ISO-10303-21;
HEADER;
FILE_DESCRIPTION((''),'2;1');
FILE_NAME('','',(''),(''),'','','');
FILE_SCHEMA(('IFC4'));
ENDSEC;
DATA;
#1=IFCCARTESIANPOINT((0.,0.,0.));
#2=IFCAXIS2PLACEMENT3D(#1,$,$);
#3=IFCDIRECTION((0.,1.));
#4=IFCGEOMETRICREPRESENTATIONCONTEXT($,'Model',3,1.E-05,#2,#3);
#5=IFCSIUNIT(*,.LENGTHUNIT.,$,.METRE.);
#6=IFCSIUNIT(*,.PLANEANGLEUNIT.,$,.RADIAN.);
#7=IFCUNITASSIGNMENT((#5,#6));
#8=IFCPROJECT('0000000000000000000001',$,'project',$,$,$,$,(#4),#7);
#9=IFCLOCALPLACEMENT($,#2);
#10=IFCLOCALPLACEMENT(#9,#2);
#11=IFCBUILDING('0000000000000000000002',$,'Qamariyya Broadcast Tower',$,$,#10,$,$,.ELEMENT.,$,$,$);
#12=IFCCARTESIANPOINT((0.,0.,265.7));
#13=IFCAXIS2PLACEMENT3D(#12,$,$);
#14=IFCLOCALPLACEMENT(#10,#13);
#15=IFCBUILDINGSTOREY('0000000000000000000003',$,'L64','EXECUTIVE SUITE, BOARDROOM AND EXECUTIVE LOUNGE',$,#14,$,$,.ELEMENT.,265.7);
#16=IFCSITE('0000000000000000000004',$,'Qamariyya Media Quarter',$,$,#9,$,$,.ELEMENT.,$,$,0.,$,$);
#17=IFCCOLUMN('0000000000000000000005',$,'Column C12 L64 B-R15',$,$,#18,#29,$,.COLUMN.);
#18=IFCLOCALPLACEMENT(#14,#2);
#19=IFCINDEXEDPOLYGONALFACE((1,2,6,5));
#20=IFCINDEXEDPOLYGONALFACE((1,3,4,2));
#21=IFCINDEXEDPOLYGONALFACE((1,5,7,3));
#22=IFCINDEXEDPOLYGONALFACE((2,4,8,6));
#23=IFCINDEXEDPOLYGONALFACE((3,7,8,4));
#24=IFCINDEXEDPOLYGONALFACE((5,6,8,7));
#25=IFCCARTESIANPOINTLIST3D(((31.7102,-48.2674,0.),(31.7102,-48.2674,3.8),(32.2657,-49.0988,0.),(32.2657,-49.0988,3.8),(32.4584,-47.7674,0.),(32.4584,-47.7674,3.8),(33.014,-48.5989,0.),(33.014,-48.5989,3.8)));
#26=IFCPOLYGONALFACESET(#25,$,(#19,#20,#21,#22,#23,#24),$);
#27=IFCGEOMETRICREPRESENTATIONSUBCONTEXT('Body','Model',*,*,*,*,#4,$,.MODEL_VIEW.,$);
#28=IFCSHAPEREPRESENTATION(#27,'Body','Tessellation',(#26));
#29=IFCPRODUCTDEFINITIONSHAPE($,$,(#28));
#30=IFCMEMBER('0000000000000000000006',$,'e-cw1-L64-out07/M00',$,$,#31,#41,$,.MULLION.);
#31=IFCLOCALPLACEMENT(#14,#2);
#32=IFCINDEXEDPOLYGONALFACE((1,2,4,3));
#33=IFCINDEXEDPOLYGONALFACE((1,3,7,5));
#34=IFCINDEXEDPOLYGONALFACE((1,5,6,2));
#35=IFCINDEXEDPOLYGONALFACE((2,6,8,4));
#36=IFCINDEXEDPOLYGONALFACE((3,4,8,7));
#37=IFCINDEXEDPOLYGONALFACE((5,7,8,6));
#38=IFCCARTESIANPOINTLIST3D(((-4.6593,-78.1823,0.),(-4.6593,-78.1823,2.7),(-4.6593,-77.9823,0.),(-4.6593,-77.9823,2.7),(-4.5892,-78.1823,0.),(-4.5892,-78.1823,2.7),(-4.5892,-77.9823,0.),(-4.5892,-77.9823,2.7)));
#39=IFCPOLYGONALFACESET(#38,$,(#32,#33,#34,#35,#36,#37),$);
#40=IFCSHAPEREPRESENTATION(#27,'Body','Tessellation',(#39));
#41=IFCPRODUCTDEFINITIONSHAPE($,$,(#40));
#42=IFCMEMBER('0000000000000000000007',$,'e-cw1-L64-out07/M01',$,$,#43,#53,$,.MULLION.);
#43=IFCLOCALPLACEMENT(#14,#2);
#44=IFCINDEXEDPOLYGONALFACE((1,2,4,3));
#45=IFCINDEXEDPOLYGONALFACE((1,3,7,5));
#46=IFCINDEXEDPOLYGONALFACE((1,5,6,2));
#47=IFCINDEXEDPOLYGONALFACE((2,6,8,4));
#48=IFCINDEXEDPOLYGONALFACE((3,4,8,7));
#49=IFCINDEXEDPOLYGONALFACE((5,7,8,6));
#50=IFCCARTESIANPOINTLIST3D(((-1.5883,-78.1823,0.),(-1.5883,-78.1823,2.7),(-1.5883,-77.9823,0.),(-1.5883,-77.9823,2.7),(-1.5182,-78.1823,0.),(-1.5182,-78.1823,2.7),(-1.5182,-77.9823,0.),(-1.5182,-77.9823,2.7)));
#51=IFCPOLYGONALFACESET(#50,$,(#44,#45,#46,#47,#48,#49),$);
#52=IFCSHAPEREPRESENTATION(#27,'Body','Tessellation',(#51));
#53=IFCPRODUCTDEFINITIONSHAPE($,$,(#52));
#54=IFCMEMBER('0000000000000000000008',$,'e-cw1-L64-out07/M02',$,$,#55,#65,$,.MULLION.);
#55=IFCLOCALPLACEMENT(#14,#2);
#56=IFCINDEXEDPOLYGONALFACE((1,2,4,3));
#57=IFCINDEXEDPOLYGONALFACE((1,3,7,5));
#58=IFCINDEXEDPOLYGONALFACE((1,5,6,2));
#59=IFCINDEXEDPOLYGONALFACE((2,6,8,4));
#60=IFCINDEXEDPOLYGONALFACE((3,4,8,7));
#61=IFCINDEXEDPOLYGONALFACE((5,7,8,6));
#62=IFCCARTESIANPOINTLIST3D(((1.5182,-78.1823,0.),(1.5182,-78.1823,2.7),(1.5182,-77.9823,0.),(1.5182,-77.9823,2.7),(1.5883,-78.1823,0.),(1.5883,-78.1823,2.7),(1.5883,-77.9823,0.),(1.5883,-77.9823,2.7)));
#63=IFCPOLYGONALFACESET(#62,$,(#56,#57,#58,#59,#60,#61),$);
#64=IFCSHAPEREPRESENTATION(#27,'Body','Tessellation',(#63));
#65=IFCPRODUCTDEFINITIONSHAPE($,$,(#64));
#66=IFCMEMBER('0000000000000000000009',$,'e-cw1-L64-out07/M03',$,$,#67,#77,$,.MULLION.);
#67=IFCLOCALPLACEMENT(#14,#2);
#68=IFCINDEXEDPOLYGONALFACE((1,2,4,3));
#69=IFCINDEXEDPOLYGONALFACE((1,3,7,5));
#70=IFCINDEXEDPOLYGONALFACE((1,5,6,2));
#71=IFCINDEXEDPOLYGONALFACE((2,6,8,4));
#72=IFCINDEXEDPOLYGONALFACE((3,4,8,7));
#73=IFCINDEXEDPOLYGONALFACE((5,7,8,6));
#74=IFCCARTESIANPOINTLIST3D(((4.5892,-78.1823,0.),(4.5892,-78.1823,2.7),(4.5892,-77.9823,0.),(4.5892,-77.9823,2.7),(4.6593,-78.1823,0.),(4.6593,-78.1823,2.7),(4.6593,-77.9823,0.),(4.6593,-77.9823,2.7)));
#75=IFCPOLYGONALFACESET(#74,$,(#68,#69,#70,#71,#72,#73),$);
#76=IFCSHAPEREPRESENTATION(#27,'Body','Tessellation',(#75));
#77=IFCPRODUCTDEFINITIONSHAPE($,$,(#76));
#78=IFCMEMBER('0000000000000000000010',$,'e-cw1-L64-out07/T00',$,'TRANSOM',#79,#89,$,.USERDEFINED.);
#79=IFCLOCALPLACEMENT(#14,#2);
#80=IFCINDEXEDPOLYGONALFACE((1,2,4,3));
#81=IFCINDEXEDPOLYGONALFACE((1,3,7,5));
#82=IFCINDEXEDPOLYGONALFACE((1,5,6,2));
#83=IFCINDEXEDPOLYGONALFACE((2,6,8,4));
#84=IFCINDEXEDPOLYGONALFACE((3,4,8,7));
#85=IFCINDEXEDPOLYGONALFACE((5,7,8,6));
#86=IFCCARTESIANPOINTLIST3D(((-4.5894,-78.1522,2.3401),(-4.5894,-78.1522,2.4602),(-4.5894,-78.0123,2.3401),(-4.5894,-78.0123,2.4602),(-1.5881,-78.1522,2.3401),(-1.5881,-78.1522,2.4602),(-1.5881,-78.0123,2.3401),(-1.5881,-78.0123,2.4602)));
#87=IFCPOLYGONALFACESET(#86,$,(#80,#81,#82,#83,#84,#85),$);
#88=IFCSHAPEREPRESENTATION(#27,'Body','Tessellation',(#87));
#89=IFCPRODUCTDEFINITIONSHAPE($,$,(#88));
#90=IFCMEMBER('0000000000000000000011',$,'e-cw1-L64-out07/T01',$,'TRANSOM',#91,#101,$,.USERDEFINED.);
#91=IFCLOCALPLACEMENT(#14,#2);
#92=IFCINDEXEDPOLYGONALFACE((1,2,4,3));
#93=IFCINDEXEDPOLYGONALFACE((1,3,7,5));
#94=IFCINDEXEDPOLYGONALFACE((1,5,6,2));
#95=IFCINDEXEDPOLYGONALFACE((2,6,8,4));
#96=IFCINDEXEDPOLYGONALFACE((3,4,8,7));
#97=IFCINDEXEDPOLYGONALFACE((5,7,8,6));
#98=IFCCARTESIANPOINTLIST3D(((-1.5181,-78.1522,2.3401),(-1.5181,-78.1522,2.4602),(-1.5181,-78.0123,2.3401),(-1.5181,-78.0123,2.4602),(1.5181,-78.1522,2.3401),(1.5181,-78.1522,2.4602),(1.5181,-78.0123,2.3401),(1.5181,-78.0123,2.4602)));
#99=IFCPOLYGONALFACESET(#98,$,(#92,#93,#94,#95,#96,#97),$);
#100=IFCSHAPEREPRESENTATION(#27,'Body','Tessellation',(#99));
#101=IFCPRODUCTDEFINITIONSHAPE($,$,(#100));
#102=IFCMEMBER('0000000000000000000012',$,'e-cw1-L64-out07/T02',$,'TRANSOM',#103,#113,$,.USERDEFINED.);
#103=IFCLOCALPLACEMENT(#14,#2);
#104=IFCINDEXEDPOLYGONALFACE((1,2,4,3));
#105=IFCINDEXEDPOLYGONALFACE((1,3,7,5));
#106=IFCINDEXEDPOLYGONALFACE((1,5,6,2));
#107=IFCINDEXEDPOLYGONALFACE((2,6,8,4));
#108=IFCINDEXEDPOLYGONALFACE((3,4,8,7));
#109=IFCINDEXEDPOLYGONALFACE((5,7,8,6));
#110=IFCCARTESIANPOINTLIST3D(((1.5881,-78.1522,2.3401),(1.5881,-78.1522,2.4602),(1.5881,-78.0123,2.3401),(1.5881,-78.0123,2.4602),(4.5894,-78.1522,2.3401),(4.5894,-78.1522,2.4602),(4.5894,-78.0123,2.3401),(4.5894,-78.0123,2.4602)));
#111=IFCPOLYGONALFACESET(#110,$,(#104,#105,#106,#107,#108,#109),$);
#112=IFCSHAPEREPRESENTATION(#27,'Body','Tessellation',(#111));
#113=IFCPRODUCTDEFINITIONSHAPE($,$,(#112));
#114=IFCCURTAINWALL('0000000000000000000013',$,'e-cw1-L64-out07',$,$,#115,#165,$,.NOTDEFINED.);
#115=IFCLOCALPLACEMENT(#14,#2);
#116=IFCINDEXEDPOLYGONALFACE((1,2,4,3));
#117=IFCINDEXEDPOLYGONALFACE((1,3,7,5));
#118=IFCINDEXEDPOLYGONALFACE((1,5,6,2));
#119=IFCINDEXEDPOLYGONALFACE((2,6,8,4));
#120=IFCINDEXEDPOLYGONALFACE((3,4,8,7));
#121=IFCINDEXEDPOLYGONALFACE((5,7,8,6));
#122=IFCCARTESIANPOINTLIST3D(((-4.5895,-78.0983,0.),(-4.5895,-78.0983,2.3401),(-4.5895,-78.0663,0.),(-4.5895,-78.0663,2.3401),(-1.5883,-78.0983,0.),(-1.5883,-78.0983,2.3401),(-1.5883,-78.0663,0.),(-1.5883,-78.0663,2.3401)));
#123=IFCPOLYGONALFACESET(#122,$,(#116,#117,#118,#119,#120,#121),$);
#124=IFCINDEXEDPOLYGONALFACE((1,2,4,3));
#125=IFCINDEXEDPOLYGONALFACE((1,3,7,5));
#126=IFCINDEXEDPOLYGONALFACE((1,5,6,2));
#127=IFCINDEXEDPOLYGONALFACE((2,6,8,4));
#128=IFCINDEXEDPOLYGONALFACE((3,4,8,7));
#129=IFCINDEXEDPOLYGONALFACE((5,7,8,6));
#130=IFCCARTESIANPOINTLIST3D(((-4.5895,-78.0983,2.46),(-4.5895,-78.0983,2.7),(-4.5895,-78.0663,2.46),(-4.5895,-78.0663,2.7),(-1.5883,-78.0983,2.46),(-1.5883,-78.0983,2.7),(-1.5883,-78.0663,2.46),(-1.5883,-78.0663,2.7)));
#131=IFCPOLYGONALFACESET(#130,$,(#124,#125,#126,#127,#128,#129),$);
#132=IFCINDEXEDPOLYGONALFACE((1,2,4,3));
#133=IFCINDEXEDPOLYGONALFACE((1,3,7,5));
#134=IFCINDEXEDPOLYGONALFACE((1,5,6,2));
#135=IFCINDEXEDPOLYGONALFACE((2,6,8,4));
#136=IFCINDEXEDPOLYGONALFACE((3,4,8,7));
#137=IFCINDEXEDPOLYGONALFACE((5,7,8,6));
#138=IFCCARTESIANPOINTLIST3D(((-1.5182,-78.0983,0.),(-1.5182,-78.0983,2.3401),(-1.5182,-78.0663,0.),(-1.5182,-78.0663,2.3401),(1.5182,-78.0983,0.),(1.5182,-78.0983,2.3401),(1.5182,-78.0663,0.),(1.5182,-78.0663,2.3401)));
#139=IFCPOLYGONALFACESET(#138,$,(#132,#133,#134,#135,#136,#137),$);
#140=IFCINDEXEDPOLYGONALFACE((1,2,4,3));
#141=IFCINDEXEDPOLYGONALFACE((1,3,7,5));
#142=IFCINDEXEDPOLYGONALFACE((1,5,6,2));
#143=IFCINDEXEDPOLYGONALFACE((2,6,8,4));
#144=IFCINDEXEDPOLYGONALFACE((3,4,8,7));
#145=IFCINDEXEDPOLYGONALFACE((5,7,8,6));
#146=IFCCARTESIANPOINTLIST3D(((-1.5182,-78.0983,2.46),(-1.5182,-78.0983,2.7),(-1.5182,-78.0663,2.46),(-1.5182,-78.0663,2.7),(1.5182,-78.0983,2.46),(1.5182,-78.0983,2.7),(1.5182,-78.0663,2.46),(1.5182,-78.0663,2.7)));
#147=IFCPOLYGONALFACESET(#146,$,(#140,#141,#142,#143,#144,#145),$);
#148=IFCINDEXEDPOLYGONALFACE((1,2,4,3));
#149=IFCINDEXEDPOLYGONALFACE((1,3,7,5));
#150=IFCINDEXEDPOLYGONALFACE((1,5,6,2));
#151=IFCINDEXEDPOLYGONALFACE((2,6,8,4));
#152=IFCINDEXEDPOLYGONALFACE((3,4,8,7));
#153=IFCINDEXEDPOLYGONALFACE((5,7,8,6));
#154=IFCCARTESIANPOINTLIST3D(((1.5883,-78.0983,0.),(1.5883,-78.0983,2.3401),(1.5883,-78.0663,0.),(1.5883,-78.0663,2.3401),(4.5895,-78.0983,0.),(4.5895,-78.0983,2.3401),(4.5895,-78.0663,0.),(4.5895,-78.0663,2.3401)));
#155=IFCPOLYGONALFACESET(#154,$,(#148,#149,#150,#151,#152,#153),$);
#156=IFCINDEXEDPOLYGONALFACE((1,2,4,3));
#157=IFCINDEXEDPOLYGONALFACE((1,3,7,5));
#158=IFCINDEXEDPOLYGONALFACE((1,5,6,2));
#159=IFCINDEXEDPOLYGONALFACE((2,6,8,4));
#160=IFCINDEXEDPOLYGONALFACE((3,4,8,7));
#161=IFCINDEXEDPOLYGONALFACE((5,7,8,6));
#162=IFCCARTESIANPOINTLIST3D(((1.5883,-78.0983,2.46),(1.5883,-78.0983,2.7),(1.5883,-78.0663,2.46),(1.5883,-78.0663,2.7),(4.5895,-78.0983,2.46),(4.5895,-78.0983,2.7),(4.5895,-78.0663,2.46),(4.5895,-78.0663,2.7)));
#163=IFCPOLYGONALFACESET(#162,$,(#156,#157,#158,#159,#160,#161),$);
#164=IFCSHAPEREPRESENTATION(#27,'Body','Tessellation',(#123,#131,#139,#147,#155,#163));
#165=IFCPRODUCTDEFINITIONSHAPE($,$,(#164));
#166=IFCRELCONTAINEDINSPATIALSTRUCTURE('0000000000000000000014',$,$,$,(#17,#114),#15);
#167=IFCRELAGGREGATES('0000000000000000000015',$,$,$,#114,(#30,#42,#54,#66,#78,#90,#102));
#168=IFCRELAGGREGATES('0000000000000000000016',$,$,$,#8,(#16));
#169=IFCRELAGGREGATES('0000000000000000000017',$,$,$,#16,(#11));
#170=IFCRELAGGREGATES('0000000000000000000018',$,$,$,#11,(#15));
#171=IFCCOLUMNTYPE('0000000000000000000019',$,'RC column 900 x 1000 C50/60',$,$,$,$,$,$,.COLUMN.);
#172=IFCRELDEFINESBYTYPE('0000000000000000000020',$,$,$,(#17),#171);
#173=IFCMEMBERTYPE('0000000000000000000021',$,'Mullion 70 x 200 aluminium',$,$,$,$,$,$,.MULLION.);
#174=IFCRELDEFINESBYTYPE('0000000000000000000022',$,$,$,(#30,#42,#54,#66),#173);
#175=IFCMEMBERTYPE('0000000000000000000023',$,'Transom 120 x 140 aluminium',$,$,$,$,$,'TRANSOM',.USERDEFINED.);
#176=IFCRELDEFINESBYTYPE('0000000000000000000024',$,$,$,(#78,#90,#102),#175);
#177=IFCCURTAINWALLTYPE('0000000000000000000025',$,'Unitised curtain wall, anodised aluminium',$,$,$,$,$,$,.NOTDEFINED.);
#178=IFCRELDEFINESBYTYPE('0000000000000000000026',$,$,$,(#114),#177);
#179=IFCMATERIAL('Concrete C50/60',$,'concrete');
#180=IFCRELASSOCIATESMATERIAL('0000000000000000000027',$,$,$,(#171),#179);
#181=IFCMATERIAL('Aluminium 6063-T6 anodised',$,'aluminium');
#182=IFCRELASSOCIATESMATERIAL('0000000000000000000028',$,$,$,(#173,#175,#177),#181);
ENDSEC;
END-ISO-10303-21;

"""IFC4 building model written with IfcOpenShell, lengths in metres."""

from ifc_helpers import new_model, si_unit, direction, frame, origin, origin_2d, place, context, subcontext, project, spatial, rectangle, extrude, material, material_profile, profile_set, type_object, element, aggregate, save


model = new_model("IFC4")

# Units and contexts
model_context = context("Model", 3, precision=1e-05, world=origin(), true_north=direction((0.0, 1.0)))
body_context = subcontext(model_context, "Body", "Model", "MODEL_VIEW")
ifc_project = project(units=[si_unit("LENGTHUNIT", "METRE"), si_unit("PLANEANGLEUNIT", "RADIAN")], contexts=[model_context])

# Site, building, storey
site_placement = place(None, origin())
site = spatial("IfcSite", under=ifc_project, at=site_placement, Name="Qamariyya Media Quarter", CompositionType="ELEMENT", RefElevation=0.0)
building_placement = place(site_placement, origin())
building = spatial("IfcBuilding", under=site, at=building_placement, Name="Qamariyya Broadcast Tower", CompositionType="ELEMENT")
storey_placement = place(building_placement, frame((0.0, 0.0, 265.7)))
storey = spatial("IfcBuildingStorey", under=building, at=storey_placement, Name="L64", Description="EXECUTIVE SUITE, BOARDROOM AND EXECUTIVE LOUNGE", CompositionType="ELEMENT", Elevation=265.7)

# Column
ifc_material_1 = material(Name="Concrete C50/60", Category="concrete")
ifc_material_profile_1 = material_profile(ifc_material_1, rectangle(XDim=0.8999, YDim=1.0, at=origin_2d()))
ifc_profile_set_1 = profile_set([ifc_material_profile_1], Name="Concrete C50/60")
column_type = type_object("IfcColumnType", Name="RC column 900 x 1000 C50/60", PredefinedType="COLUMN", material=ifc_profile_set_1)
column_placement = place(storey_placement, frame((32.3621, -48.4331, 0.0), z_axis=(0.0, 0.0, 1.0), x_axis=(0.83147, 0.55557, 0.0)))
element("IfcColumn", 1, at=column_placement, inside=storey, type_object=column_type, Name="Column C12 L64 B-R15", PredefinedType="COLUMN", context=body_context, shape_type="SweptSolid", body=[
    extrude(rectangle(XDim=0.8999, YDim=1.0, at=origin_2d()), origin(), (0.0, 0.0, 1.0), 3.8),
])

# Members
ifc_material_2 = material(Name="Aluminium 6063-T6 anodised", Category="aluminium")
ifc_material_profile_2 = material_profile(ifc_material_2, rectangle(XDim=0.2, YDim=0.0701, at=origin_2d()))
ifc_profile_set_2 = profile_set([ifc_material_profile_2], Name="Aluminium 6063-T6 anodised")
member_type_1 = type_object("IfcMemberType", Name="Mullion 70 x 200 aluminium", PredefinedType="MULLION", material=ifc_profile_set_2)
member_1_placement = place(storey_placement, frame((-4.6243, -78.0823, 0.0), z_axis=(0.0, 0.0, 1.0), x_axis=(0.0, 1.0, 0.0)))
member_1 = element("IfcMember", 2, at=member_1_placement, type_object=member_type_1, Name="e-cw1-L64-out07/M00", PredefinedType="MULLION", context=body_context, shape_type="SweptSolid", body=[
    extrude(rectangle(XDim=0.2, YDim=0.0701, at=origin_2d()), origin(), (0.0, 0.0, 1.0), 2.7),
])
member_2_placement = place(storey_placement, frame((-1.5532, -78.0823, 0.0), z_axis=(0.0, 0.0, 1.0), x_axis=(0.0, 1.0, 0.0)))
member_2 = element("IfcMember", 3, at=member_2_placement, type_object=member_type_1, Name="e-cw1-L64-out07/M01", PredefinedType="MULLION", context=body_context, shape_type="SweptSolid", body=[
    extrude(rectangle(XDim=0.2, YDim=0.0701, at=origin_2d()), origin(), (0.0, 0.0, 1.0), 2.7),
])
member_3_placement = place(storey_placement, frame((1.5532, -78.0823, 0.0), z_axis=(0.0, 0.0, 1.0), x_axis=(0.0, 1.0, 0.0)))
member_3 = element("IfcMember", 4, at=member_3_placement, type_object=member_type_1, Name="e-cw1-L64-out07/M02", PredefinedType="MULLION", context=body_context, shape_type="SweptSolid", body=[
    extrude(rectangle(XDim=0.2, YDim=0.0701, at=origin_2d()), origin(), (0.0, 0.0, 1.0), 2.7),
])
member_4_placement = place(storey_placement, frame((4.6243, -78.0823, 0.0), z_axis=(0.0, 0.0, 1.0), x_axis=(0.0, 1.0, 0.0)))
member_4 = element("IfcMember", 5, at=member_4_placement, type_object=member_type_1, Name="e-cw1-L64-out07/M03", PredefinedType="MULLION", context=body_context, shape_type="SweptSolid", body=[
    extrude(rectangle(XDim=0.2, YDim=0.0701, at=origin_2d()), origin(), (0.0, 0.0, 1.0), 2.7),
])

# Members
ifc_material_profile_3 = material_profile(ifc_material_2, rectangle(XDim=0.1399, YDim=0.1201, at=origin_2d()))
ifc_profile_set_3 = profile_set([ifc_material_profile_3], Name="Aluminium 6063-T6 anodised")
member_type_2 = type_object("IfcMemberType", Name="Transom 120 x 140 aluminium", ElementType="TRANSOM", PredefinedType="USERDEFINED", material=ifc_profile_set_3)
member_5_placement = place(storey_placement, frame((-4.5894, -78.0823, 2.4001), z_axis=(1.0, 0.0, 0.0), x_axis=(0.0, 1.0, 0.0)))
member_5 = element("IfcMember", 6, at=member_5_placement, type_object=member_type_2, Name="e-cw1-L64-out07/T00", ObjectType="TRANSOM", PredefinedType="USERDEFINED", context=body_context, shape_type="SweptSolid", body=[
    extrude(rectangle(XDim=0.1399, YDim=0.1201, at=origin_2d()), origin(), (0.0, 0.0, 1.0), 3.0012),
])
member_6_placement = place(storey_placement, frame((-1.5181, -78.0823, 2.4001), z_axis=(1.0, 0.0, 0.0), x_axis=(0.0, 1.0, 0.0)))
member_6 = element("IfcMember", 7, at=member_6_placement, type_object=member_type_2, Name="e-cw1-L64-out07/T01", ObjectType="TRANSOM", PredefinedType="USERDEFINED", context=body_context, shape_type="SweptSolid", body=[
    extrude(rectangle(XDim=0.1399, YDim=0.1201, at=origin_2d()), origin(), (0.0, 0.0, 1.0), 3.0361),
])
member_7_placement = place(storey_placement, frame((1.5881, -78.0823, 2.4001), z_axis=(1.0, 0.0, 0.0), x_axis=(0.0, 1.0, 0.0)))
member_7 = element("IfcMember", 8, at=member_7_placement, type_object=member_type_2, Name="e-cw1-L64-out07/T02", ObjectType="TRANSOM", PredefinedType="USERDEFINED", context=body_context, shape_type="SweptSolid", body=[
    extrude(rectangle(XDim=0.1399, YDim=0.1201, at=origin_2d()), origin(), (0.0, 0.0, 1.0), 3.0012),
])

# Curtain wall
curtain_wall_type = type_object("IfcCurtainWallType", Name="Unitised curtain wall, anodised aluminium", PredefinedType="NOTDEFINED", material=ifc_material_2)
curtain_wall_1_placement = place(storey_placement, origin())
curtain_wall_1 = element("IfcCurtainWall", 9, at=curtain_wall_1_placement, inside=storey, type_object=curtain_wall_type, Name="e-cw1-L64-out07", PredefinedType="NOTDEFINED", context=body_context, shape_type="SweptSolid", body=[
    extrude(rectangle(XDim=3.0012, YDim=0.032, at=origin_2d()), frame((-3.0889, -78.0823, 0.0), x_axis=(1.0, 0.0, 0.0)), (0.0, 0.0, 1.0), 2.3401),
    extrude(rectangle(XDim=3.0012, YDim=0.032, at=origin_2d()), frame((-3.0889, -78.0823, 2.46), x_axis=(1.0, 0.0, 0.0)), (0.0, 0.0, 1.0), 0.24),
    extrude(rectangle(XDim=3.0364, YDim=0.032, at=origin_2d()), frame((0.0, -78.0823, 0.0), x_axis=(1.0, 0.0, 0.0)), (0.0, 0.0, 1.0), 2.3401),
    extrude(rectangle(XDim=3.0364, YDim=0.032, at=origin_2d()), frame((0.0, -78.0823, 2.46), x_axis=(1.0, 0.0, 0.0)), (0.0, 0.0, 1.0), 0.24),
    extrude(rectangle(XDim=3.0012, YDim=0.032, at=origin_2d()), frame((3.0889, -78.0823, 0.0), x_axis=(1.0, 0.0, 0.0)), (0.0, 0.0, 1.0), 2.3401),
    extrude(rectangle(XDim=3.0012, YDim=0.032, at=origin_2d()), frame((3.0889, -78.0823, 2.46), x_axis=(1.0, 0.0, 0.0)), (0.0, 0.0, 1.0), 0.24),
])
aggregate(curtain_wall_1, [member_1, member_2, member_3, member_4, member_5, member_6, member_7])

save(model, "model.ifc")
